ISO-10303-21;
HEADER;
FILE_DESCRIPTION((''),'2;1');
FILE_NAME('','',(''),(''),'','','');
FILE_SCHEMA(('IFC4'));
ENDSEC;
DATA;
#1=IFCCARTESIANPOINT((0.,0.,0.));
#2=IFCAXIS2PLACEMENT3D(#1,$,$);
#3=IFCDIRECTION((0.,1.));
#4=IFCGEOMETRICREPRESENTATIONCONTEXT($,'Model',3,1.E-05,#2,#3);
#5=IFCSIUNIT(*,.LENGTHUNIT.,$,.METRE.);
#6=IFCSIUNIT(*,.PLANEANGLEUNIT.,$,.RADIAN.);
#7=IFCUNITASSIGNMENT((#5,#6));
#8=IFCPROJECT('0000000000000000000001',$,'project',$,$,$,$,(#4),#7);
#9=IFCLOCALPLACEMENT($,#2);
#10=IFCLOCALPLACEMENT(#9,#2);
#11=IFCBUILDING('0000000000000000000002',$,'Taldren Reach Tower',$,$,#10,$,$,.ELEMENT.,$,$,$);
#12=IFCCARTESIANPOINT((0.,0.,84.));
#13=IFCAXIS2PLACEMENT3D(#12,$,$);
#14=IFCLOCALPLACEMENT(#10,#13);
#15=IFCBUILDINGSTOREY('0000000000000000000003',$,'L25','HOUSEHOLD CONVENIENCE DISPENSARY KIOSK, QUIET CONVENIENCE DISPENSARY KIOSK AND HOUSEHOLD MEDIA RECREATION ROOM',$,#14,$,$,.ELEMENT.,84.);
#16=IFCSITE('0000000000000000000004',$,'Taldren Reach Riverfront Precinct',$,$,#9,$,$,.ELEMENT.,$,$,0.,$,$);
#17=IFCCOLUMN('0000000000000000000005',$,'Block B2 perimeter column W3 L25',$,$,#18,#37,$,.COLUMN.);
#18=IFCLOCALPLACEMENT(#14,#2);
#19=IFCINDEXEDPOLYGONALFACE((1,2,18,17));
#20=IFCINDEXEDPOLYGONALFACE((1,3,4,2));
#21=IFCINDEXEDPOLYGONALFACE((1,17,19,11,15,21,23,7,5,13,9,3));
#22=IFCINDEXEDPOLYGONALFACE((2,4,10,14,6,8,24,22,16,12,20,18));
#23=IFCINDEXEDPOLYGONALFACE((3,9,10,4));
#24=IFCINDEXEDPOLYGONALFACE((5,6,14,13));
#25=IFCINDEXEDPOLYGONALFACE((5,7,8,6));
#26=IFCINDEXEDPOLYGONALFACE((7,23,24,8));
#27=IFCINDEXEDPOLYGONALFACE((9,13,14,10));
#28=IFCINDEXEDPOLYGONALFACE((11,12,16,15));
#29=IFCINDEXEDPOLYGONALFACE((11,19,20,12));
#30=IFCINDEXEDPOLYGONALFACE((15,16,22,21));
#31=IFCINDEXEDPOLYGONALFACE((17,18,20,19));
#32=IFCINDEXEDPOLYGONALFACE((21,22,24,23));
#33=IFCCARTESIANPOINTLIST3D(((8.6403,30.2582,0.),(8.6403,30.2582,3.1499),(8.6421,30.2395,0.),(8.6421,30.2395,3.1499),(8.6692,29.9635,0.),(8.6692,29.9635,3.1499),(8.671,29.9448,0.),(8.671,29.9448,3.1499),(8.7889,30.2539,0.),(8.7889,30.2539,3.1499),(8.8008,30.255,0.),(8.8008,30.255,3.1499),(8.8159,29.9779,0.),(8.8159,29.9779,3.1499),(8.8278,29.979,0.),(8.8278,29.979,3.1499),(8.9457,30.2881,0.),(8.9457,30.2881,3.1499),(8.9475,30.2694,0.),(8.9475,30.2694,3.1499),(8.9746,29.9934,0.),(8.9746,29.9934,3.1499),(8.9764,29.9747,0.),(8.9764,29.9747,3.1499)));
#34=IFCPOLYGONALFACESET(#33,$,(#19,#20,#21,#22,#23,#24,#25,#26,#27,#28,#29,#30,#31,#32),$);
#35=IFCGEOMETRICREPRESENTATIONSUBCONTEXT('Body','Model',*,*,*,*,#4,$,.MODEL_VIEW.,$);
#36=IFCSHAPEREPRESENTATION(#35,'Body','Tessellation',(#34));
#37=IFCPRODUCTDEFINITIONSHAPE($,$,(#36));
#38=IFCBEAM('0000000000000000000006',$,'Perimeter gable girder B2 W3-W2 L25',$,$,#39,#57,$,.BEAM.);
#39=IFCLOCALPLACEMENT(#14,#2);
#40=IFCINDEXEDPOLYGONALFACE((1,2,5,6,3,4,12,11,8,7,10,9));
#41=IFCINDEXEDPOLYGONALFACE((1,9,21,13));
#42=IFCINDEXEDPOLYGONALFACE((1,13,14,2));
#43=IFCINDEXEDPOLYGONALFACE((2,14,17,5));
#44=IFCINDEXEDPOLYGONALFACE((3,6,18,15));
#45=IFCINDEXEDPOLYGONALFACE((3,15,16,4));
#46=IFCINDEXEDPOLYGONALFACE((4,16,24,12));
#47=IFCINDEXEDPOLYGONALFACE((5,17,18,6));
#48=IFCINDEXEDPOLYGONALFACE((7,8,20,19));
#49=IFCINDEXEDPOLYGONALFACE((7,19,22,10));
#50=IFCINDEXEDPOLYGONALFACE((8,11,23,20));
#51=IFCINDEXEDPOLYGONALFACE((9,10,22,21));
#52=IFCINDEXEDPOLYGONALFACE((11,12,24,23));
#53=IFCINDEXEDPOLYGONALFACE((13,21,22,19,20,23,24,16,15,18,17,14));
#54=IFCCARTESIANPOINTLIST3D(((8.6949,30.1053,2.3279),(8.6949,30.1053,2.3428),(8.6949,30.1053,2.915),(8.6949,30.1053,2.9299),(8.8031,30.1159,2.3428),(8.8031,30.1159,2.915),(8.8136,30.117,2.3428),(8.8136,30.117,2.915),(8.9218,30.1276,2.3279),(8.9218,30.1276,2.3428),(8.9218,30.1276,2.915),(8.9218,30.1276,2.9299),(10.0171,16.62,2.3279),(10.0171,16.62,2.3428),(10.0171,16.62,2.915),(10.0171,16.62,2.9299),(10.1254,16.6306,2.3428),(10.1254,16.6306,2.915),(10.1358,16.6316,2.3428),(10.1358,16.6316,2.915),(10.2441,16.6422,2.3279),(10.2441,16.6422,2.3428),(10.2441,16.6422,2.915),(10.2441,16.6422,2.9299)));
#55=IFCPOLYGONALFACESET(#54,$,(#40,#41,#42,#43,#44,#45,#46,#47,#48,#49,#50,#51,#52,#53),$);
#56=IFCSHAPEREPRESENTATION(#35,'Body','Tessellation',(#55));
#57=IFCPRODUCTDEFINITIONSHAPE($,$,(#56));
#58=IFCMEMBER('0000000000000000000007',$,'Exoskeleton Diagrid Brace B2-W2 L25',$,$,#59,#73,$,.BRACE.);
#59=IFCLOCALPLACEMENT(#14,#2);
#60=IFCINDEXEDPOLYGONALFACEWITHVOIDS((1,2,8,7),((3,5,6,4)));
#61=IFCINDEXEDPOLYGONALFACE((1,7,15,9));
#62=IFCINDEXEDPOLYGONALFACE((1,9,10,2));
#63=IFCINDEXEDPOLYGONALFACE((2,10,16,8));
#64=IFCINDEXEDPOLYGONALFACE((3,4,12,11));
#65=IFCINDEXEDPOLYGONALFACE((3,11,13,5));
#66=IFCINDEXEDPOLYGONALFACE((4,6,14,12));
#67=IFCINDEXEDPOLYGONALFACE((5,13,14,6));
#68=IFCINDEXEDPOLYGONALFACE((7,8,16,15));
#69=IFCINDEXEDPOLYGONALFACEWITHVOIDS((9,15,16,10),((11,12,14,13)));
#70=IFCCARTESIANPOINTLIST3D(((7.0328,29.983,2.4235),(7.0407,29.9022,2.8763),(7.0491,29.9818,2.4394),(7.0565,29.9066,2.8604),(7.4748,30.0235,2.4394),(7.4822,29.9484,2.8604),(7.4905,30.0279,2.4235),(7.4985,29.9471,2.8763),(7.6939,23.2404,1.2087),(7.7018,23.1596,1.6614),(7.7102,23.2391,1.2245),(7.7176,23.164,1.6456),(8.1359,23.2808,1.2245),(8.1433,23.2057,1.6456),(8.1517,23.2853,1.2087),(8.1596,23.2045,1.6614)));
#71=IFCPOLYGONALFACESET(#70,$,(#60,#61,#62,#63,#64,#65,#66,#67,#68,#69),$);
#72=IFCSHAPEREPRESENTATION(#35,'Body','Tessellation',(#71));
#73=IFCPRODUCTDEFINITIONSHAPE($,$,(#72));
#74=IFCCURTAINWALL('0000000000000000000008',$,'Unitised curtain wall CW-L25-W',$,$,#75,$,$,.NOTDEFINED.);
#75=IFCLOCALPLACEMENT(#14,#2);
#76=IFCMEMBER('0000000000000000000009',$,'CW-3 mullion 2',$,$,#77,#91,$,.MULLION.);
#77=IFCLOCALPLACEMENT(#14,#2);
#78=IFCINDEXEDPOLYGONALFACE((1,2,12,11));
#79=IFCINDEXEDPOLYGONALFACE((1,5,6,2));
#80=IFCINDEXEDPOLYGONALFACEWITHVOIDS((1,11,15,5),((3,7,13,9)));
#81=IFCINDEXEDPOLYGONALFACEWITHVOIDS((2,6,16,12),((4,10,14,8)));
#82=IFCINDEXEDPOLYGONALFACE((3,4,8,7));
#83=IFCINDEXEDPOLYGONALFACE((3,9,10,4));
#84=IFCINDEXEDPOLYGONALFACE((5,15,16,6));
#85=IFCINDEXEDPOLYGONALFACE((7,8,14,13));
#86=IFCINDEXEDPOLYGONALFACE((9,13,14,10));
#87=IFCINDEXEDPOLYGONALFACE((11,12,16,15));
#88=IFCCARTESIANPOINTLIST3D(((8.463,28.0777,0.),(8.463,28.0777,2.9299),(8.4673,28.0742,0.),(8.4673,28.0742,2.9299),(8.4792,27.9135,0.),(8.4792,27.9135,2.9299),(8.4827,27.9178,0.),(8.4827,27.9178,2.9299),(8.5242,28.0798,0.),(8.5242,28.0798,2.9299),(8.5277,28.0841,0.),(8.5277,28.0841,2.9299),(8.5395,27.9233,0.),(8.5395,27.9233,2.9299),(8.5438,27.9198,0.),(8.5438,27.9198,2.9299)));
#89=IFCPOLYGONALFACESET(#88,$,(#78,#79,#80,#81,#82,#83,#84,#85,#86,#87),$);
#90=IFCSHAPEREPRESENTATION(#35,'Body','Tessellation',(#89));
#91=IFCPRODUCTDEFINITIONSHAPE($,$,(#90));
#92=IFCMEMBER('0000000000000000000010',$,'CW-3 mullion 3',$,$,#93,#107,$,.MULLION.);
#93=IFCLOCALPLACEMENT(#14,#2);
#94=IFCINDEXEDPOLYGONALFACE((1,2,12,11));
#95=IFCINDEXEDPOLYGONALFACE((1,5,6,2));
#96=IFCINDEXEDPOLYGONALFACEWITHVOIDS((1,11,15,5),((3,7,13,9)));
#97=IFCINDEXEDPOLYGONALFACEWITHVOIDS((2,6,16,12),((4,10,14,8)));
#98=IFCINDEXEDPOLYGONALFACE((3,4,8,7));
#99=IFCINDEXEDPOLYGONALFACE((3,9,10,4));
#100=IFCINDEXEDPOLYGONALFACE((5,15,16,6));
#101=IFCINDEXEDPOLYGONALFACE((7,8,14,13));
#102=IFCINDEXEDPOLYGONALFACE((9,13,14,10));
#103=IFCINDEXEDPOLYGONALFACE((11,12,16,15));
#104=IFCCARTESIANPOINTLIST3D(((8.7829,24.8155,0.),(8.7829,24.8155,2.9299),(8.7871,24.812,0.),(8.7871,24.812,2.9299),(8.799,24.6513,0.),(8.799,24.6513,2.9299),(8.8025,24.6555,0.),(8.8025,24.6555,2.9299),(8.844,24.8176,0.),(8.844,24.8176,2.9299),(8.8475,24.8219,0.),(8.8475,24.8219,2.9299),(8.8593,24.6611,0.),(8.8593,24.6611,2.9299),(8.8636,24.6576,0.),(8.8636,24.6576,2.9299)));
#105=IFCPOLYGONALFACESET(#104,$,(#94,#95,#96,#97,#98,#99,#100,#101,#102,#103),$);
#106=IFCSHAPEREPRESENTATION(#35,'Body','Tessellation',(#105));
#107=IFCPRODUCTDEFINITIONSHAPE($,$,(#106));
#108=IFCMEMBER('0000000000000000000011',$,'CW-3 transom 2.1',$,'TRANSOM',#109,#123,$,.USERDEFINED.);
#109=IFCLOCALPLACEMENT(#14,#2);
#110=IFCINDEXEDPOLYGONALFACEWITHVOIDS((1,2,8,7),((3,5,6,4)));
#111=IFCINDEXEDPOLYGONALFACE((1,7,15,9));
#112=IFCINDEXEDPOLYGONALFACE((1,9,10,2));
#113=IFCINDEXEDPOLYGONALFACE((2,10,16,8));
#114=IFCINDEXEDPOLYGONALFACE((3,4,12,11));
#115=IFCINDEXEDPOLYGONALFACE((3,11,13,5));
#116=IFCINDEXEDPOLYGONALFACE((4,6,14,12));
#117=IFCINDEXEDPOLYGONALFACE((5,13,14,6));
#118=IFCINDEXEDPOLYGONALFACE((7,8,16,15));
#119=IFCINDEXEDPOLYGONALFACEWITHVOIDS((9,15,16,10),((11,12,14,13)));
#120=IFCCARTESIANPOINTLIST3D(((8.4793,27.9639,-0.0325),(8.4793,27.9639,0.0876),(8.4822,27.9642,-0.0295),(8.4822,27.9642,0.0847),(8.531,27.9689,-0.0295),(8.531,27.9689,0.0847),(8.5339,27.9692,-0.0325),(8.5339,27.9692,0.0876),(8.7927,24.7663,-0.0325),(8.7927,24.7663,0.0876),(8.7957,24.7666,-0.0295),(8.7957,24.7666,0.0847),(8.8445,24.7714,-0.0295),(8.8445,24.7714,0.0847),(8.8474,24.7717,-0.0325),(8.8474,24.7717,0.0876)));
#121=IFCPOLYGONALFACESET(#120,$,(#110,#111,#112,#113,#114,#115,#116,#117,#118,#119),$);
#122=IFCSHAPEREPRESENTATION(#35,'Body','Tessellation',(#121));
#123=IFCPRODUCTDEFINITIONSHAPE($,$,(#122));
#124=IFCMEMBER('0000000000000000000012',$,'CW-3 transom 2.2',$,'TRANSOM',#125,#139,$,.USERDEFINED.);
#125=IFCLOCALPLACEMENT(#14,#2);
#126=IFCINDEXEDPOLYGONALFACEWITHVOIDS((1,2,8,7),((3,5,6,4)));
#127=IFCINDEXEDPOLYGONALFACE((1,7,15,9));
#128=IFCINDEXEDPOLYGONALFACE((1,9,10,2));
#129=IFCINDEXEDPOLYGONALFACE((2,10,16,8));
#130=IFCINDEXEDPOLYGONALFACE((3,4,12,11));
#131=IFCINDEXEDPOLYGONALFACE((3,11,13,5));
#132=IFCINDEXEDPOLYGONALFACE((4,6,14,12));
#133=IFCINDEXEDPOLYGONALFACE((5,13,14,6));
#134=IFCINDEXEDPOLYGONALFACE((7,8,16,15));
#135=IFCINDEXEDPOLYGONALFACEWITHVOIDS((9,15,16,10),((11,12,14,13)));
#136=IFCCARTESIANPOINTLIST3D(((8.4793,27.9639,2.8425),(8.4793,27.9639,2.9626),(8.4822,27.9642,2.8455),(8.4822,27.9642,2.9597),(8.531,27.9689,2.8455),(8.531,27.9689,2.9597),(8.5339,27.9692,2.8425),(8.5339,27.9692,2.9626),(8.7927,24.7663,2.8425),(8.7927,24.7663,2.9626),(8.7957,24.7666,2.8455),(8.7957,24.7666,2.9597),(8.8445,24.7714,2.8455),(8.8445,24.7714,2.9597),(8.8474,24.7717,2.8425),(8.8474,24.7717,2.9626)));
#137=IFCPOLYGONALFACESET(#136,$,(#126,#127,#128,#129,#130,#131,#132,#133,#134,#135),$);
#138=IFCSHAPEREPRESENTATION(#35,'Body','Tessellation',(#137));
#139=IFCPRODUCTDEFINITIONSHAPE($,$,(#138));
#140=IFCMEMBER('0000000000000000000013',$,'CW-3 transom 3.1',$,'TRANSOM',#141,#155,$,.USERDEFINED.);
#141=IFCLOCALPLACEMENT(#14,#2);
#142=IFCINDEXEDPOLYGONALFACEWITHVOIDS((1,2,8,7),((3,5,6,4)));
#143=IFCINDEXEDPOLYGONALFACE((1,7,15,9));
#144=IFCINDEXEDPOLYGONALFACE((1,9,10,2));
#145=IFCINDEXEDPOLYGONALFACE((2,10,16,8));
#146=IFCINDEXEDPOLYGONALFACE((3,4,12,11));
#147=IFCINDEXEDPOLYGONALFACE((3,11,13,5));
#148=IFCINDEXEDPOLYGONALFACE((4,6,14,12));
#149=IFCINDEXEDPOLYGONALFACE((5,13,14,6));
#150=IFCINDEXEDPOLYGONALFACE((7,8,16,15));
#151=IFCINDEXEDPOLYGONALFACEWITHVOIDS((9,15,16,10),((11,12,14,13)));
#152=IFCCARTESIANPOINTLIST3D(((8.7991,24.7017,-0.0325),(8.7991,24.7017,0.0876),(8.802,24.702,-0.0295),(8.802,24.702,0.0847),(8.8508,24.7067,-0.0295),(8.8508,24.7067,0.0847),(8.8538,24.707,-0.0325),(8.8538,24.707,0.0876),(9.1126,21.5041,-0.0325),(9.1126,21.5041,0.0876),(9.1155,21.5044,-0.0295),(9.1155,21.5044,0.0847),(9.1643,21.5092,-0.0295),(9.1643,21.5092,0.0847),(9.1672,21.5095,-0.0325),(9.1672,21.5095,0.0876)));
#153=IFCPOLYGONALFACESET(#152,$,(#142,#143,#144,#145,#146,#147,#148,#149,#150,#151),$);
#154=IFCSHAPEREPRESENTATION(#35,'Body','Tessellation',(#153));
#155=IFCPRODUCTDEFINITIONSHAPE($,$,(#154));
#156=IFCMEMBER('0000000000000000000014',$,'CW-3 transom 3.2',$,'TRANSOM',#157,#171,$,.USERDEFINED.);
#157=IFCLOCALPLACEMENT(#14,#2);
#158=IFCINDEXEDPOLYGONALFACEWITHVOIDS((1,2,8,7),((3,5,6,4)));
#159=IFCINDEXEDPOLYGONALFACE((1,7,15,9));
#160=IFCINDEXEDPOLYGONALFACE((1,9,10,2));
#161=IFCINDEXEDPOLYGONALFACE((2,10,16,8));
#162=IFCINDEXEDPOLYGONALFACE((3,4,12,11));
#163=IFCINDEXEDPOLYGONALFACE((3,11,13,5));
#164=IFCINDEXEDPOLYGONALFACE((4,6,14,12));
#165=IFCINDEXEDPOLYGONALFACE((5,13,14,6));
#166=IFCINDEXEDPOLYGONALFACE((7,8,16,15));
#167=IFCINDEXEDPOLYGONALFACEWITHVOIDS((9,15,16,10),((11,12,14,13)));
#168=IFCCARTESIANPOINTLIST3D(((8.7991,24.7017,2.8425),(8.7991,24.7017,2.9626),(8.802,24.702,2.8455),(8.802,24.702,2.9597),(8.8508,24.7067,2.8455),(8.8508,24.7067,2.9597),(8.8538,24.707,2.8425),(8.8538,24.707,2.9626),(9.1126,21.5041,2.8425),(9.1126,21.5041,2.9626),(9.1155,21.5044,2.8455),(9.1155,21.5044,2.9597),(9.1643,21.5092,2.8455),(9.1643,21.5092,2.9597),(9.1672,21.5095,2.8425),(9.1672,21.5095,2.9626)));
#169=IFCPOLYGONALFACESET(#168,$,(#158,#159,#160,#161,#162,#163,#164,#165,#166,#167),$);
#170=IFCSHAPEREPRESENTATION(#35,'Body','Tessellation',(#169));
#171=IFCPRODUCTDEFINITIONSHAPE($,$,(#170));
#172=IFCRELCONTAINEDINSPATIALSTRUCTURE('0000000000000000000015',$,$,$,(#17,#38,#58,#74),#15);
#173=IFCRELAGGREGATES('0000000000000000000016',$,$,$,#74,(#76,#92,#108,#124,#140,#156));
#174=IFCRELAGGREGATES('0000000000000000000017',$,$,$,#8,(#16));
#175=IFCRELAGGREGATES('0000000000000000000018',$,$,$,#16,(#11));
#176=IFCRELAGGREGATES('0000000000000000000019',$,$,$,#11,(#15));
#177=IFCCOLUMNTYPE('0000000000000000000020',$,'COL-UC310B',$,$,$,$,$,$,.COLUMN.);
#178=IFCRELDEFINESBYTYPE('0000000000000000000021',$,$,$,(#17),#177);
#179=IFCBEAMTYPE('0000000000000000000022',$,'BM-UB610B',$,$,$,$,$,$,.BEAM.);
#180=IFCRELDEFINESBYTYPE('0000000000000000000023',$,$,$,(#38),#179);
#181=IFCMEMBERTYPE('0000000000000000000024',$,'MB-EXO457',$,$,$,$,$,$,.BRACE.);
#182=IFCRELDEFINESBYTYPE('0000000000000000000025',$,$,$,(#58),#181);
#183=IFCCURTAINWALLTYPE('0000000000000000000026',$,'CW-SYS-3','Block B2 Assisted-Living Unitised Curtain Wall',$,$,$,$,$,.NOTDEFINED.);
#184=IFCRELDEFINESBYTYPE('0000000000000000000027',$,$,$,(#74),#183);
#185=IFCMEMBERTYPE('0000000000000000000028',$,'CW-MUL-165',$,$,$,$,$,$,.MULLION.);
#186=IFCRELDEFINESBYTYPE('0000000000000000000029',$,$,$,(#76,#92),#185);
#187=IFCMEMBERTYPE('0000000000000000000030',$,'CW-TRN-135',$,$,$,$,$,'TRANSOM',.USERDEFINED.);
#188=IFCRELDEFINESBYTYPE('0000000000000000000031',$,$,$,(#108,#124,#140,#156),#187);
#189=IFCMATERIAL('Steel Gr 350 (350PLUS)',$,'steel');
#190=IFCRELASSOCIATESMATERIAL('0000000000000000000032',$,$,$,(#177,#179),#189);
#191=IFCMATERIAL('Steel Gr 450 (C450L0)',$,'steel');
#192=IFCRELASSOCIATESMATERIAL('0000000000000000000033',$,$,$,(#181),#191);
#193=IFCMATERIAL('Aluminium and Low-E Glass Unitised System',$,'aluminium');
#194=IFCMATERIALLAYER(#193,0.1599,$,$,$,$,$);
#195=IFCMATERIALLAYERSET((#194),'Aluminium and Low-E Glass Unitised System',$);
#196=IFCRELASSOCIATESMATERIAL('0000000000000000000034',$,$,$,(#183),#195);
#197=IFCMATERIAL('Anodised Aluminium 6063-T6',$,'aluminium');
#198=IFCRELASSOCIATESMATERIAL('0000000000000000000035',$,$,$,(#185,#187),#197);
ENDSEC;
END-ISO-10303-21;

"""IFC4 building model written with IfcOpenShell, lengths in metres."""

from ifc_helpers import new_model, si_unit, direction, frame, origin, origin_2d, place, context, subcontext, project, spatial, hollow_rectangle, i_section, extrude, source, transform, mapped, material, layer, layer_set, material_profile, profile_set, type_object, element, aggregate, save


model = new_model("IFC4")

# Units and contexts
model_context = context("Model", 3, precision=1e-05, world=origin(), true_north=direction((0.0, 1.0)))
body_context = subcontext(model_context, "Body", "Model", "MODEL_VIEW")
ifc_project = project(units=[si_unit("LENGTHUNIT", "METRE"), si_unit("PLANEANGLEUNIT", "RADIAN")], contexts=[model_context])

# Site, building, storey
site_placement = place(None, origin())
site = spatial("IfcSite", under=ifc_project, at=site_placement, Name="Taldren Reach Riverfront Precinct", CompositionType="ELEMENT", RefElevation=0.0)
building_placement = place(site_placement, origin())
building = spatial("IfcBuilding", under=site, at=building_placement, Name="Taldren Reach Tower", CompositionType="ELEMENT")
storey_placement = place(building_placement, frame((0.0, 0.0, 84.0)))
storey = spatial("IfcBuildingStorey", under=building, at=storey_placement, Name="L25", Description="HOUSEHOLD CONVENIENCE DISPENSARY KIOSK, QUIET CONVENIENCE DISPENSARY KIOSK AND HOUSEHOLD MEDIA RECREATION ROOM", CompositionType="ELEMENT", Elevation=84.0)

# Column
ifc_material_1 = material(Name="Steel Gr 350 (350PLUS)", Category="steel")
ifc_material_profile_1 = material_profile(ifc_material_1, i_section(OverallWidth=0.3069, OverallDepth=0.3149, WebThickness=0.012, FlangeThickness=0.0188, at=origin_2d()), Name="310UC118")
ifc_profile_set_1 = profile_set([ifc_material_profile_1], Name="Steel Gr 350 (350PLUS)")
column_type = type_object("IfcColumnType", Name="COL-UC310B", PredefinedType="COLUMN", material=ifc_profile_set_1)
shared_shape_1 = source(origin(), body_context, "Body", "SweptSolid", [
    extrude(i_section(OverallWidth=0.3069, OverallDepth=0.3149, WebThickness=0.012, FlangeThickness=0.0188, at=origin_2d()), origin(), (0.0, 0.0, 1.0), 3.1499),
])
column_placement = place(storey_placement, frame((8.8083, 30.1165, 0.0), z_axis=(0.0, 0.0, 1.0), x_axis=(0.995227, 0.097583, 0.0)))
element("IfcColumn", 1, at=column_placement, inside=storey, type_object=column_type, Name="Block B2 perimeter column W3 L25", PredefinedType="COLUMN", context=body_context, shape_type="MappedRepresentation", body=[
    mapped(shared_shape_1, transform((0.0, 0.0, 0.0), scale=1.0)),
])

# Beam
ifc_material_profile_2 = material_profile(ifc_material_1, i_section(OverallWidth=0.228, OverallDepth=0.6021, WebThickness=0.0105, FlangeThickness=0.0149, at=origin_2d()), Name="610UB101")
ifc_profile_set_2 = profile_set([ifc_material_profile_2], Name="Steel Gr 350 (350PLUS)")
beam_type = type_object("IfcBeamType", Name="BM-UB610B", PredefinedType="BEAM", material=ifc_profile_set_2)
shared_shape_2 = source(origin(), body_context, "Body", "SweptSolid", [
    extrude(i_section(OverallWidth=0.228, OverallDepth=0.6021, WebThickness=0.0105, FlangeThickness=0.0149, at=origin_2d()), origin(), (0.0, 0.0, 1.0), 13.55),
])
beam_placement = place(storey_placement, frame((8.8083, 30.1165, 2.6289), z_axis=(0.097584, -0.995227, 0.0), x_axis=(0.995227, 0.097584, 0.0)))
element("IfcBeam", 2, at=beam_placement, inside=storey, type_object=beam_type, Name="Perimeter gable girder B2 W3-W2 L25", PredefinedType="BEAM", context=body_context, shape_type="MappedRepresentation", body=[
    mapped(shared_shape_2, transform((0.0, 0.0, 0.0), scale=1.0)),
])

# Member
ifc_material_2 = material(Name="Steel Gr 450 (C450L0)", Category="steel")
ifc_material_profile_3 = material_profile(ifc_material_2, hollow_rectangle(XDim=0.46, YDim=0.46, WallThickness=0.0161, at=origin_2d()), Name="460x460x16.0SHS")
ifc_profile_set_3 = profile_set([ifc_material_profile_3], Name="Steel Gr 450 (C450L0)")
member_type_1 = type_object("IfcMemberType", Name="MB-EXO457", PredefinedType="BRACE", material=ifc_profile_set_3)
shared_shape_3 = source(origin(), body_context, "Body", "SweptSolid", [
    extrude(hollow_rectangle(XDim=0.46, YDim=0.46, WallThickness=0.0161, at=origin_2d()), origin(), (0.0, 0.0, 1.0), 6.8831),
])
member_1_placement = place(storey_placement, frame((7.9268, 23.2224, 1.4351), z_axis=(-0.096052, 0.979603, 0.176497), x_axis=(-0.995227, -0.097584, 0.0)))
element("IfcMember", 3, at=member_1_placement, inside=storey, type_object=member_type_1, Name="Exoskeleton Diagrid Brace B2-W2 L25", PredefinedType="BRACE", context=body_context, shape_type="MappedRepresentation", body=[
    mapped(shared_shape_3, transform((0.0, 0.0, 0.0), scale=1.0)),
])

# Curtain wall, members
ifc_material_3 = material(Name="Aluminium and Low-E Glass Unitised System", Category="aluminium")
ifc_layer_1 = layer(ifc_material_3, 0.1599)
ifc_layer_set_1 = layer_set([ifc_layer_1], Name="Aluminium and Low-E Glass Unitised System")
curtain_wall_type = type_object("IfcCurtainWallType", Name="CW-SYS-3", Description="Block B2 Assisted-Living Unitised Curtain Wall", PredefinedType="NOTDEFINED", material=ifc_layer_set_1)
curtain_wall_placement = place(storey_placement, origin())
curtain_wall = element("IfcCurtainWall", 4, at=curtain_wall_placement, inside=storey, type_object=curtain_wall_type, Name="Unitised curtain wall CW-L25-W", PredefinedType="NOTDEFINED")
ifc_material_4 = material(Name="Anodised Aluminium 6063-T6", Category="aluminium")
ifc_material_profile_4 = material_profile(ifc_material_4, hollow_rectangle(XDim=0.0649, YDim=0.165, WallThickness=0.0039, at=origin_2d()), Name="ALU-165x65x4RHS")
ifc_profile_set_4 = profile_set([ifc_material_profile_4], Name="Anodised Aluminium 6063-T6")
member_type_2 = type_object("IfcMemberType", Name="CW-MUL-165", PredefinedType="MULLION", material=ifc_profile_set_4)
shared_shape_4 = source(origin(), body_context, "Body", "SweptSolid", [
    extrude(hollow_rectangle(XDim=0.0649, YDim=0.165, WallThickness=0.0039, at=origin_2d()), origin(), (0.0, 0.0, 1.0), 2.9299),
])
member_2_placement = place(storey_placement, frame((8.5034, 27.9988, 0.0), z_axis=(0.0, 0.0, 1.0), x_axis=(0.995227, 0.097583, 0.0)))
member_2 = element("IfcMember", 5, at=member_2_placement, type_object=member_type_2, Name="CW-3 mullion 2", PredefinedType="MULLION", context=body_context, shape_type="MappedRepresentation", body=[
    mapped(shared_shape_4, transform((0.0, 0.0, 0.0), scale=1.0)),
])
member_3_placement = place(storey_placement, frame((8.8232, 24.7366, 0.0), z_axis=(0.0, 0.0, 1.0), x_axis=(0.995227, 0.097583, 0.0)))
member_3 = element("IfcMember", 6, at=member_3_placement, type_object=member_type_2, Name="CW-3 mullion 3", PredefinedType="MULLION", context=body_context, shape_type="MappedRepresentation", body=[
    mapped(shared_shape_4, transform((0.0, 0.0, 0.0), scale=1.0)),
])
ifc_material_profile_5 = material_profile(ifc_material_4, hollow_rectangle(XDim=0.0549, YDim=0.1201, WallThickness=0.0029, at=origin_2d()), Name="ALU-120x55x3RHS")
ifc_profile_set_5 = profile_set([ifc_material_profile_5], Name="Anodised Aluminium 6063-T6")
member_type_3 = type_object("IfcMemberType", Name="CW-TRN-135", ElementType="TRANSOM", PredefinedType="USERDEFINED", material=ifc_profile_set_5)
shared_shape_5 = source(origin(), body_context, "Body", "SweptSolid", [
    extrude(hollow_rectangle(XDim=0.0549, YDim=0.1201, WallThickness=0.0029, at=origin_2d()), origin(), (0.0, 0.0, 1.0), 3.2129),
])
member_4_placement = place(storey_placement, frame((8.5066, 27.9666, 0.0276), z_axis=(0.09757, -0.995229, 0.0), x_axis=(0.995229, 0.09757, 0.0)))
member_4 = element("IfcMember", 7, at=member_4_placement, type_object=member_type_3, Name="CW-3 transom 2.1", ObjectType="TRANSOM", PredefinedType="USERDEFINED", context=body_context, shape_type="MappedRepresentation", body=[
    mapped(shared_shape_5, transform((0.0, 0.0, 0.0), scale=1.0)),
])
member_5_placement = place(storey_placement, frame((8.5066, 27.9666, 2.9026), z_axis=(0.09757, -0.995229, 0.0), x_axis=(0.995229, 0.09757, 0.0)))
member_5 = element("IfcMember", 8, at=member_5_placement, type_object=member_type_3, Name="CW-3 transom 2.2", ObjectType="TRANSOM", PredefinedType="USERDEFINED", context=body_context, shape_type="MappedRepresentation", body=[
    mapped(shared_shape_5, transform((0.0, 0.0, 0.0), scale=1.0)),
])
member_6_placement = place(storey_placement, frame((8.8264, 24.7043, 0.0276), z_axis=(0.09757, -0.995229, 0.0), x_axis=(0.995229, 0.09757, 0.0)))
member_6 = element("IfcMember", 9, at=member_6_placement, type_object=member_type_3, Name="CW-3 transom 3.1", ObjectType="TRANSOM", PredefinedType="USERDEFINED", context=body_context, shape_type="MappedRepresentation", body=[
    mapped(shared_shape_5, transform((0.0, 0.0, 0.0), scale=1.0)),
])
member_7_placement = place(storey_placement, frame((8.8264, 24.7043, 2.9026), z_axis=(0.09757, -0.995229, 0.0), x_axis=(0.995229, 0.09757, 0.0)))
member_7 = element("IfcMember", 10, at=member_7_placement, type_object=member_type_3, Name="CW-3 transom 3.2", ObjectType="TRANSOM", PredefinedType="USERDEFINED", context=body_context, shape_type="MappedRepresentation", body=[
    mapped(shared_shape_5, transform((0.0, 0.0, 0.0), scale=1.0)),
])

aggregate(curtain_wall, [member_2, member_3, member_4, member_5, member_6, member_7])

save(model, "model.ifc")
